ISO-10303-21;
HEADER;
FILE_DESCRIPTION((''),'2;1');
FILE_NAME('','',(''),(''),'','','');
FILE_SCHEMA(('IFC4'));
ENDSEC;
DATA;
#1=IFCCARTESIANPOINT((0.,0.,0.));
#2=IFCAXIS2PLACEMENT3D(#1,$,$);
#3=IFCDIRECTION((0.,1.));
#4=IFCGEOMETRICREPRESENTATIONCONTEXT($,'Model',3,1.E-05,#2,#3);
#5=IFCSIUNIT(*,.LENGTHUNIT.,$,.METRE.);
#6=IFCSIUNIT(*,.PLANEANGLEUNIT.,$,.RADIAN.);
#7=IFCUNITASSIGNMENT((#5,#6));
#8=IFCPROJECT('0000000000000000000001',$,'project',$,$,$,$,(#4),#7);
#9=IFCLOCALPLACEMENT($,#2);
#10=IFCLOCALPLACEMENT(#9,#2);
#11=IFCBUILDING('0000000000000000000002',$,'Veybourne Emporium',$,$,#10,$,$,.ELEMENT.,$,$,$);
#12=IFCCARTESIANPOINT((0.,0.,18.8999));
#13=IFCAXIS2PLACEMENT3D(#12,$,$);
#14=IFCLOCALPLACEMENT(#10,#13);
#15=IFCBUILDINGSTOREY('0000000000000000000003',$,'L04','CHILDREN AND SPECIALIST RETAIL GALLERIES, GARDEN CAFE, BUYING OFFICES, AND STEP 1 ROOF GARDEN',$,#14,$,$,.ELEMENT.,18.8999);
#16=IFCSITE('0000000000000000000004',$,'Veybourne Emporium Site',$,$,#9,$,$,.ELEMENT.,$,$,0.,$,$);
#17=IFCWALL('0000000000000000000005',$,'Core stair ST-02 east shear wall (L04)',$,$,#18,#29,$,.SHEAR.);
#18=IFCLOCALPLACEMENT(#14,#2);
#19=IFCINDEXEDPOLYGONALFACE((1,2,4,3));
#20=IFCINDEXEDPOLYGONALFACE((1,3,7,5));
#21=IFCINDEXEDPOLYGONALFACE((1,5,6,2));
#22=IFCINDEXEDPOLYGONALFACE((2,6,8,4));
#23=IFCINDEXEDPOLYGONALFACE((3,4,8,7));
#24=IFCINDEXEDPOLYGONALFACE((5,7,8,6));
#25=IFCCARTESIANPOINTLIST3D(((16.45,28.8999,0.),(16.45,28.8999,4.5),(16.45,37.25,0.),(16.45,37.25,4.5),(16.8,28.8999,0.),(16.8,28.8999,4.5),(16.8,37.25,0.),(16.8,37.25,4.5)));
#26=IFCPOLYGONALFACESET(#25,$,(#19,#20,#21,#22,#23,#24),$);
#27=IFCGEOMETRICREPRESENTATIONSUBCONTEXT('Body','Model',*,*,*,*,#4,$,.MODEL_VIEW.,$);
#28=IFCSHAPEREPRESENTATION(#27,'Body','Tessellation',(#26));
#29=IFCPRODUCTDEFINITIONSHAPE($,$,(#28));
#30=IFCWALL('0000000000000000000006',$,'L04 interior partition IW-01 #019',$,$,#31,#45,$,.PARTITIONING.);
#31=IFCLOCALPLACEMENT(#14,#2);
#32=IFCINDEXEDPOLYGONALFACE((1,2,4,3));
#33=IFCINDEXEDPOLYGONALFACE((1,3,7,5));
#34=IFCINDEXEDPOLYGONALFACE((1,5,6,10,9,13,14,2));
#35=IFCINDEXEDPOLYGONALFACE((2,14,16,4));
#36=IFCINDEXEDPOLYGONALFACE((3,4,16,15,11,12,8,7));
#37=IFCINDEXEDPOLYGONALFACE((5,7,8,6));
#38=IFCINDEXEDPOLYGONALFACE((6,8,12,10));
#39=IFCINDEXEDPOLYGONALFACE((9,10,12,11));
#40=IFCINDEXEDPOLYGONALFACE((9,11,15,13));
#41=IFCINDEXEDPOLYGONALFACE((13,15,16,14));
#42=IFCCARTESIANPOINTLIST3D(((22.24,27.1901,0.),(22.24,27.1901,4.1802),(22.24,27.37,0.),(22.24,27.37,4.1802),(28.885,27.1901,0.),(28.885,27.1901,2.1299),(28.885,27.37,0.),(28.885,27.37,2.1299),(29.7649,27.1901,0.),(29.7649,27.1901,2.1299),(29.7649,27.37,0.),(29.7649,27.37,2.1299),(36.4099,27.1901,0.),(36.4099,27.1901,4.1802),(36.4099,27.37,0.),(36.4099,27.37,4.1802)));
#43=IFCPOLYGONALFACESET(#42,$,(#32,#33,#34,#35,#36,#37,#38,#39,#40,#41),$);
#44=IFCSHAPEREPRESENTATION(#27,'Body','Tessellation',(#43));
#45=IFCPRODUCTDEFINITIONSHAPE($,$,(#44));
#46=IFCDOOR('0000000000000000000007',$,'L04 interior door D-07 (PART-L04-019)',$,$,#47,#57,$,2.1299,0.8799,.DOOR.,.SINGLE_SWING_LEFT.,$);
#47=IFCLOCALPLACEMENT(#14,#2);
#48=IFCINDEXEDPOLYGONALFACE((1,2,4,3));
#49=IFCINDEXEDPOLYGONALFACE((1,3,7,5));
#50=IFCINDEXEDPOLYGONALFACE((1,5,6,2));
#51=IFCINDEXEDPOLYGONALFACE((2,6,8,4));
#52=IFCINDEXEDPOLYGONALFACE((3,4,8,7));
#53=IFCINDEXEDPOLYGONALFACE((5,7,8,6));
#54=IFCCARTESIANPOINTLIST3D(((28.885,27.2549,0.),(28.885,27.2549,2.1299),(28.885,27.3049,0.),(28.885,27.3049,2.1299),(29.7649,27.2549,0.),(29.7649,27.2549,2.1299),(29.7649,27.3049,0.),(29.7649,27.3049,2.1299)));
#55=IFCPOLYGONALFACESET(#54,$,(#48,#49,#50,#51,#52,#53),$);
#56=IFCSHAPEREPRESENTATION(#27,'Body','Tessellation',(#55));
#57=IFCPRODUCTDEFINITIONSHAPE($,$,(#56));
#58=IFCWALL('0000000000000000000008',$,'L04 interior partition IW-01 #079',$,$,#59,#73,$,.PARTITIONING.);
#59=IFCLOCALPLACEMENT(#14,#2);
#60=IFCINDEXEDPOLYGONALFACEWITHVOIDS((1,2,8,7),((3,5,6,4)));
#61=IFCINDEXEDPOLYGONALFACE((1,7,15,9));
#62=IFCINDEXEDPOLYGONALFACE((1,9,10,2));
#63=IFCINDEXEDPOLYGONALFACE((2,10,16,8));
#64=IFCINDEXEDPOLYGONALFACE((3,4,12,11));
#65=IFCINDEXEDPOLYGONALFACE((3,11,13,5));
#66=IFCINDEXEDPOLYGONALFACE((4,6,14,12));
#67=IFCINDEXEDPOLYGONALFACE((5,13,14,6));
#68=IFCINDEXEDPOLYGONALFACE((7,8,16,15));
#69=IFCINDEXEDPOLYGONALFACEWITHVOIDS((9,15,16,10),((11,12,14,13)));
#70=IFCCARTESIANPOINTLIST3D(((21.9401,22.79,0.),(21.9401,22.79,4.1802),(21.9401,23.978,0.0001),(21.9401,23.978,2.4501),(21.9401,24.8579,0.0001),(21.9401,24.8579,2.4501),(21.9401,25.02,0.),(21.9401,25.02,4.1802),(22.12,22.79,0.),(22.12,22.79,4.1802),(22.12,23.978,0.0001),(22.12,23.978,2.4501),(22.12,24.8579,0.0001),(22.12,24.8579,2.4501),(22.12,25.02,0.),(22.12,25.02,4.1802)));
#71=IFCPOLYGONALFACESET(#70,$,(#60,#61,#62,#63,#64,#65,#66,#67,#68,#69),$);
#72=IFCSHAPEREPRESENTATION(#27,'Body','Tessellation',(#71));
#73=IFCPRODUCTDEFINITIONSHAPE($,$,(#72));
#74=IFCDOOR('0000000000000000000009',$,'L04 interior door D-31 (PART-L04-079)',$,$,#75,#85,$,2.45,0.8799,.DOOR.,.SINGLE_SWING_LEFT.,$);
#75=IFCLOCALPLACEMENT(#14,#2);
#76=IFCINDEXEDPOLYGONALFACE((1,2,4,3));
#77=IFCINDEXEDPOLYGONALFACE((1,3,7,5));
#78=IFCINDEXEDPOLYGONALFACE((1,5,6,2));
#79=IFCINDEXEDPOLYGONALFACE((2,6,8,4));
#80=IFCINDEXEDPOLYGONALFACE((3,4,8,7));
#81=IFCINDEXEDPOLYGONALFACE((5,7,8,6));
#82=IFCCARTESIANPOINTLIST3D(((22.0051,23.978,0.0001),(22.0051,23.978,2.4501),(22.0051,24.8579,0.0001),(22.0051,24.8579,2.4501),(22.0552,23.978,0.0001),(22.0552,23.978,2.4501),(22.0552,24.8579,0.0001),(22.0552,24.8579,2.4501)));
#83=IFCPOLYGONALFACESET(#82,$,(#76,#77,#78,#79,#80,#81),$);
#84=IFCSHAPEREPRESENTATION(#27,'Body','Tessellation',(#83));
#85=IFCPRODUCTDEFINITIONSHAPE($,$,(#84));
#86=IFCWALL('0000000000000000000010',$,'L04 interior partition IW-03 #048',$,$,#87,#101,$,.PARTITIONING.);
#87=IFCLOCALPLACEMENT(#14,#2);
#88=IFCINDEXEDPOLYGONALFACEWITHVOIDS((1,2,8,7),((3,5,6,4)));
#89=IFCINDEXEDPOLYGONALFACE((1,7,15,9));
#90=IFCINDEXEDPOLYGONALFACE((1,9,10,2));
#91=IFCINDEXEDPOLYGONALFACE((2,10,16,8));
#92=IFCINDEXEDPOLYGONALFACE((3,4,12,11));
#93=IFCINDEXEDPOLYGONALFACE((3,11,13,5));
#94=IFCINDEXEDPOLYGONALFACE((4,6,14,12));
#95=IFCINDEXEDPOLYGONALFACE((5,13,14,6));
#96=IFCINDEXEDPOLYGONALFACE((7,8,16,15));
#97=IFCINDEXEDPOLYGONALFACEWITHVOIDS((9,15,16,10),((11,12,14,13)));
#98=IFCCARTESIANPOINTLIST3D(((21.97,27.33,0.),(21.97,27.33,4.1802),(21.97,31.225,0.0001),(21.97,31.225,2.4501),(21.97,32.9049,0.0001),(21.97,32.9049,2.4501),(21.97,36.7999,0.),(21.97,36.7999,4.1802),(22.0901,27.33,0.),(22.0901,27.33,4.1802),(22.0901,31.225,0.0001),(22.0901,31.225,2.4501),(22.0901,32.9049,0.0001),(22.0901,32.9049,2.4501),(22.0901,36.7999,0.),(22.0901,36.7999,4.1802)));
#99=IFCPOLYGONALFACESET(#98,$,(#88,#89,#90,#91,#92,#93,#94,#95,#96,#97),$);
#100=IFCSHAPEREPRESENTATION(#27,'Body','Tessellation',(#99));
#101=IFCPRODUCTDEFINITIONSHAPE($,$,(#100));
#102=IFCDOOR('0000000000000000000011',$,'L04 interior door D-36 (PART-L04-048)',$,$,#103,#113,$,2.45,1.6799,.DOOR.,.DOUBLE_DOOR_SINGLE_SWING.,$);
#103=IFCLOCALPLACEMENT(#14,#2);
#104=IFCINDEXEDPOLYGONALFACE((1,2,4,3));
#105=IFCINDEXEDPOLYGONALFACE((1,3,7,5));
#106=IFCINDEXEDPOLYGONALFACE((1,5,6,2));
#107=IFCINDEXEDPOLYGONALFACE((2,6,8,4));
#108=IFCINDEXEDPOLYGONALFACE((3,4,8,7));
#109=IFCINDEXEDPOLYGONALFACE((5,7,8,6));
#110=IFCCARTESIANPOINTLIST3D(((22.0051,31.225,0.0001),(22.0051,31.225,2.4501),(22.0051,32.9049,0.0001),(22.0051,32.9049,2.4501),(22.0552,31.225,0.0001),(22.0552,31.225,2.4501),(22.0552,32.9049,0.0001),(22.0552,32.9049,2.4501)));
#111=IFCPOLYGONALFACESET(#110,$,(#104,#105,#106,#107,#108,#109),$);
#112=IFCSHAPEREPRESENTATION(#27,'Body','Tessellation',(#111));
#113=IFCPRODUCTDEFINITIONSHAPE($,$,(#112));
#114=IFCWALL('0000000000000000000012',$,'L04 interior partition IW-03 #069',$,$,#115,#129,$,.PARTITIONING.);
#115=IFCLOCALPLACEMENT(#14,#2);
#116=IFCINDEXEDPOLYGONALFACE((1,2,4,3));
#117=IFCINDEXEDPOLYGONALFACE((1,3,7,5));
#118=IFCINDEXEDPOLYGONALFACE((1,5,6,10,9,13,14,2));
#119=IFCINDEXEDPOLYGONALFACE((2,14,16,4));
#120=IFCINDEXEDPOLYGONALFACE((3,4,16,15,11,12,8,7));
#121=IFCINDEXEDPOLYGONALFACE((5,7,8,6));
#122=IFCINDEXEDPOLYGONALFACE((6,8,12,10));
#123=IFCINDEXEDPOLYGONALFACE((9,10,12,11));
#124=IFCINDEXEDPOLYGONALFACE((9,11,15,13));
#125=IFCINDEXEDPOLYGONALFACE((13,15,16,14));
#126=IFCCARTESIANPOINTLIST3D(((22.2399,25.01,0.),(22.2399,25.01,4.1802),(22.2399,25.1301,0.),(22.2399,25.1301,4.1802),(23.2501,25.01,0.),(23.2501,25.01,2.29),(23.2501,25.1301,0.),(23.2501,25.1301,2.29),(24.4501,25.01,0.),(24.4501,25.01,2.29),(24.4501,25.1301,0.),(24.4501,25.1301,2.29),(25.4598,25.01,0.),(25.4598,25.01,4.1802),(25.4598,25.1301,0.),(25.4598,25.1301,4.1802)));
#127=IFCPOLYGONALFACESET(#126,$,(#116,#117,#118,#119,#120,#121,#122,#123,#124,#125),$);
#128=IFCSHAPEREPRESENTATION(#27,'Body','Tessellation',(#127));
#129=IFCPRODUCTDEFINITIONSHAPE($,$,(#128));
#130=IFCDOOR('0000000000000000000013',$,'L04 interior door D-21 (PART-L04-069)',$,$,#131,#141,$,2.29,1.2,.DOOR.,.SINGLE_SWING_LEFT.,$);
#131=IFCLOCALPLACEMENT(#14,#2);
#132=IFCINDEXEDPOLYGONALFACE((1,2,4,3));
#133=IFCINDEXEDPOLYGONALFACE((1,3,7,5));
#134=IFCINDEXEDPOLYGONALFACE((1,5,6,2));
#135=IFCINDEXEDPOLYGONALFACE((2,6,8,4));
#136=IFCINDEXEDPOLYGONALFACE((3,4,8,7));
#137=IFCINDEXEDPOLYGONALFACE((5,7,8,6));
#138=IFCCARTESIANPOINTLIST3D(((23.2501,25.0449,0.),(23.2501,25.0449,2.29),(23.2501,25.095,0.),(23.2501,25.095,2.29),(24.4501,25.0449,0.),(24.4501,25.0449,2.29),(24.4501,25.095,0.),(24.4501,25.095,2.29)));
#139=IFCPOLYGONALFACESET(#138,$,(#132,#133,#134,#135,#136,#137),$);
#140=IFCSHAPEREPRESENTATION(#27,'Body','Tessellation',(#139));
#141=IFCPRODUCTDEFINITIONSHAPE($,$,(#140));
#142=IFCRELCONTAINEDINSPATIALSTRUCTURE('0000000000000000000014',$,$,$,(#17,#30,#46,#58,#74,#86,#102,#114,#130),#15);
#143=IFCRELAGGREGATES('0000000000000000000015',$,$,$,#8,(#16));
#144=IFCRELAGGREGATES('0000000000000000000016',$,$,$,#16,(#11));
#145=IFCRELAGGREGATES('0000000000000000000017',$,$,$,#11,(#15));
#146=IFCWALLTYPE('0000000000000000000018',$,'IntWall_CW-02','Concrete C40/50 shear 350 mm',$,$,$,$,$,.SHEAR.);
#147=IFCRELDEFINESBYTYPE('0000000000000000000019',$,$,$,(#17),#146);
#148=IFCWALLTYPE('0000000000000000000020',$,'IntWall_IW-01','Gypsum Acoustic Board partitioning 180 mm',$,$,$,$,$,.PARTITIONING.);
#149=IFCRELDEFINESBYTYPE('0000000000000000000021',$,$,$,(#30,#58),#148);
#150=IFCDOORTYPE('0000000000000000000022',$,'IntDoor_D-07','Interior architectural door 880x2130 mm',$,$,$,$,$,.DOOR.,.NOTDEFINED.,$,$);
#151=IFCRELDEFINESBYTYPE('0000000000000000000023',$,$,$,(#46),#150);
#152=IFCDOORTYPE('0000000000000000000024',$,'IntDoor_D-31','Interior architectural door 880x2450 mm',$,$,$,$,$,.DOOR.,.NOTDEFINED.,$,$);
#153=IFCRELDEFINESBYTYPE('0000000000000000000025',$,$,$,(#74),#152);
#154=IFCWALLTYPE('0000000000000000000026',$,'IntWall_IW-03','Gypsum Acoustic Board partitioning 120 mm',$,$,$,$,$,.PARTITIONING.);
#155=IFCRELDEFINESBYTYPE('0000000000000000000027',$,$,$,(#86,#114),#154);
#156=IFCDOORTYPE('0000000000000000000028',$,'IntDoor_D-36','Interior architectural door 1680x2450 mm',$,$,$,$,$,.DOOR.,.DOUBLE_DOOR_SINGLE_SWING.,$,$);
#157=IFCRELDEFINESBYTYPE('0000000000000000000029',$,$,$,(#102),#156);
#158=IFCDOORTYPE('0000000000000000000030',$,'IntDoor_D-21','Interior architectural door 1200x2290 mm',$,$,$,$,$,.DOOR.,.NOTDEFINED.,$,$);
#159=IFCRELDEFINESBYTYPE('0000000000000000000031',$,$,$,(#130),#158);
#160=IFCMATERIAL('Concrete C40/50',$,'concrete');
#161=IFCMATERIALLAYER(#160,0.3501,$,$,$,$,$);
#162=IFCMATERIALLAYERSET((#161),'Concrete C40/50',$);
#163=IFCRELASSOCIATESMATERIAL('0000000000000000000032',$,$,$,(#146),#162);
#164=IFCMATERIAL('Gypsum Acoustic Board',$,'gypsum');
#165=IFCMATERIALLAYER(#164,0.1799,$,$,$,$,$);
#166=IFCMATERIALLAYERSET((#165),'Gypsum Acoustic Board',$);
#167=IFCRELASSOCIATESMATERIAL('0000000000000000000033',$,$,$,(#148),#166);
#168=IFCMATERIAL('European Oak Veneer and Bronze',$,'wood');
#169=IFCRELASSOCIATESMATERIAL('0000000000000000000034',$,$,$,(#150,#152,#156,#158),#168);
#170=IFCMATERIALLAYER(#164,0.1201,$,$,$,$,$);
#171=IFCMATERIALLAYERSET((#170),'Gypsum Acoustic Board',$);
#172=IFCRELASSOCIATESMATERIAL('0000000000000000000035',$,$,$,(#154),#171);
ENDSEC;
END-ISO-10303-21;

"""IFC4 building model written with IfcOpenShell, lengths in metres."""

from ifc_helpers import new_model, si_unit, direction, frame, frame_2d, origin, place, context, subcontext, project, spatial, rectangle, extrude, material, layer, layer_set, type_object, element, fill, save


model = new_model("IFC4")

# Units and contexts
model_context = context("Model", 3, precision=1e-05, world=origin(), true_north=direction((0.0, 1.0)))
body_context = subcontext(model_context, "Body", "Model", "MODEL_VIEW")
ifc_project = project(units=[si_unit("LENGTHUNIT", "METRE"), si_unit("PLANEANGLEUNIT", "RADIAN")], contexts=[model_context])

# Site, building, storey
site_placement = place(None, origin())
site = spatial("IfcSite", under=ifc_project, at=site_placement, Name="Veybourne Emporium Site", CompositionType="ELEMENT", RefElevation=0.0)
building_placement = place(site_placement, origin())
building = spatial("IfcBuilding", under=site, at=building_placement, Name="Veybourne Emporium", CompositionType="ELEMENT")
storey_placement = place(building_placement, frame((0.0, 0.0, 18.8999)))
storey = spatial("IfcBuildingStorey", under=building, at=storey_placement, Name="L04", Description="CHILDREN AND SPECIALIST RETAIL GALLERIES, GARDEN CAFE, BUYING OFFICES, AND STEP 1 ROOF GARDEN", CompositionType="ELEMENT", Elevation=18.8999)

# Shared definitions
ifc_material_1 = material(Name="Concrete C40/50", Category="concrete")

# Shared definitions
ifc_layer_1 = layer(ifc_material_1, 0.3501)
ifc_layer_set_1 = layer_set([ifc_layer_1], Name="Concrete C40/50")
wall_type_1 = type_object("IfcWallType", Name="IntWall_CW-02", Description="Concrete C40/50 shear 350 mm", PredefinedType="SHEAR", material=ifc_layer_set_1)

# Wall
wall_1_placement = place(storey_placement, frame((16.625, 28.8999, 0.0), z_axis=(0.0, 0.0, 1.0), x_axis=(0.0, 1.0, 0.0)))
element("IfcWall", 1, at=wall_1_placement, inside=storey, type_object=wall_type_1, Name="Core stair ST-02 east shear wall (L04)", PredefinedType="SHEAR", context=body_context, shape_type="SweptSolid", body=[
    extrude(rectangle(XDim=8.3501, YDim=0.3501, at=frame_2d((4.175, 0.0))), origin(), (0.0, 0.0, 1.0), 4.5),
])

# Walls, openings, doors
ifc_material_2 = material(Name="Gypsum Acoustic Board", Category="gypsum")
ifc_layer_2 = layer(ifc_material_2, 0.1799)
ifc_layer_set_2 = layer_set([ifc_layer_2], Name="Gypsum Acoustic Board")
wall_type_2 = type_object("IfcWallType", Name="IntWall_IW-01", Description="Gypsum Acoustic Board partitioning 180 mm", PredefinedType="PARTITIONING", material=ifc_layer_set_2)
wall_2_placement = place(storey_placement, frame((22.24, 27.28, 0.0), z_axis=(0.0, 0.0, 1.0), x_axis=(1.0, 0.0, 0.0)))
wall_2 = element("IfcWall", 2, at=wall_2_placement, inside=storey, type_object=wall_type_2, Name="L04 interior partition IW-01 #019", PredefinedType="PARTITIONING", context=body_context, shape_type="SweptSolid", body=[
    extrude(rectangle(XDim=14.1699, YDim=0.1799, at=frame_2d((7.085, 0.0))), origin(), (0.0, 0.0, 1.0), 4.1802),
])
opening_1_placement = place(wall_2_placement, frame((6.645, 0.0, 0.0)))
opening_1 = element("IfcOpeningElement", 3, at=opening_1_placement, cuts=wall_2, PredefinedType="OPENING", context=body_context, shape_type="SweptSolid", body=[
    extrude(rectangle(XDim=0.8799, YDim=2.1299, at=frame_2d((0.4399, 1.0649))), frame((0.0, 0.1099, 0.0), z_axis=(0.0, -1.0, 0.0), x_axis=(1.0, 0.0, 0.0)), (0.0, 0.0, 1.0), 0.22),
])
ifc_material_3 = material(Name="European Oak Veneer and Bronze", Category="wood")
door_type_1 = type_object("IfcDoorType", Name="IntDoor_D-07", Description="Interior architectural door 880x2130 mm", OperationType="NOTDEFINED", PredefinedType="DOOR", material=ifc_material_3)
door_1_placement = place(opening_1_placement, origin())
door_1 = element("IfcDoor", 4, at=door_1_placement, inside=storey, type_object=door_type_1, Name="L04 interior door D-07 (PART-L04-019)", OperationType="SINGLE_SWING_LEFT", OverallHeight=2.1299, OverallWidth=0.8799, PredefinedType="DOOR", context=body_context, shape_type="SweptSolid", body=[
    extrude(rectangle(XDim=0.8799, YDim=2.1299, at=frame_2d((0.4399, 1.0649))), frame((0.0, 0.0249, 0.0), z_axis=(0.0, -1.0, 0.0), x_axis=(1.0, 0.0, 0.0)), (0.0, 0.0, 1.0), 0.05),
])
fill(opening_1, door_1)
wall_3_placement = place(storey_placement, frame((22.03, 22.79, 0.0), z_axis=(0.0, 0.0, 1.0), x_axis=(0.0, 1.0, 0.0)))
wall_3 = element("IfcWall", 5, at=wall_3_placement, inside=storey, type_object=wall_type_2, Name="L04 interior partition IW-01 #079", PredefinedType="PARTITIONING", context=body_context, shape_type="SweptSolid", body=[
    extrude(rectangle(XDim=2.23, YDim=0.1799, at=frame_2d((1.115, 0.0))), origin(), (0.0, 0.0, 1.0), 4.1802),
])
opening_2_placement = place(wall_3_placement, frame((1.188, 0.0, 0.0)))
opening_2 = element("IfcOpeningElement", 6, at=opening_2_placement, cuts=wall_3, PredefinedType="OPENING", context=body_context, shape_type="SweptSolid", body=[
    extrude(rectangle(XDim=0.8799, YDim=2.45, at=frame_2d((0.4399, 1.2251))), frame((0.0, 0.1099, 0.0), z_axis=(0.0, -1.0, 0.0), x_axis=(1.0, 0.0, 0.0)), (0.0, 0.0, 1.0), 0.22),
])
door_type_2 = type_object("IfcDoorType", Name="IntDoor_D-31", Description="Interior architectural door 880x2450 mm", OperationType="NOTDEFINED", PredefinedType="DOOR", material=ifc_material_3)
door_2_placement = place(opening_2_placement, origin())
door_2 = element("IfcDoor", 7, at=door_2_placement, inside=storey, type_object=door_type_2, Name="L04 interior door D-31 (PART-L04-079)", OperationType="SINGLE_SWING_LEFT", OverallHeight=2.45, OverallWidth=0.8799, PredefinedType="DOOR", context=body_context, shape_type="SweptSolid", body=[
    extrude(rectangle(XDim=0.8799, YDim=2.45, at=frame_2d((0.4399, 1.2251))), frame((0.0, 0.0249, 0.0), z_axis=(0.0, -1.0, 0.0), x_axis=(1.0, 0.0, 0.0)), (0.0, 0.0, 1.0), 0.05),
])
fill(opening_2, door_2)
ifc_layer_3 = layer(ifc_material_2, 0.1201)
ifc_layer_set_3 = layer_set([ifc_layer_3], Name="Gypsum Acoustic Board")
wall_type_3 = type_object("IfcWallType", Name="IntWall_IW-03", Description="Gypsum Acoustic Board partitioning 120 mm", PredefinedType="PARTITIONING", material=ifc_layer_set_3)
wall_4_placement = place(storey_placement, frame((22.03, 27.3301, 0.0), z_axis=(0.0, 0.0, 1.0), x_axis=(0.0, 1.0, 0.0)))
wall_4 = element("IfcWall", 8, at=wall_4_placement, inside=storey, type_object=wall_type_3, Name="L04 interior partition IW-03 #048", PredefinedType="PARTITIONING", context=body_context, shape_type="SweptSolid", body=[
    extrude(rectangle(XDim=9.47, YDim=0.1201, at=frame_2d((4.7349, 0.0))), origin(), (0.0, 0.0, 1.0), 4.1802),
])
opening_3_placement = place(wall_4_placement, frame((3.895, 0.0, 0.0)))
opening_3 = element("IfcOpeningElement", 9, at=opening_3_placement, cuts=wall_4, PredefinedType="OPENING", context=body_context, shape_type="SweptSolid", body=[
    extrude(rectangle(XDim=1.6799, YDim=2.45, at=frame_2d((0.8398, 1.2251))), frame((0.0, 0.0801, 0.0), z_axis=(0.0, -1.0, 0.0), x_axis=(1.0, 0.0, 0.0)), (0.0, 0.0, 1.0), 0.1602),
])
door_type_3 = type_object("IfcDoorType", Name="IntDoor_D-36", Description="Interior architectural door 1680x2450 mm", OperationType="DOUBLE_DOOR_SINGLE_SWING", PredefinedType="DOOR", material=ifc_material_3)
door_3_placement = place(opening_3_placement, origin())
door_3 = element("IfcDoor", 10, at=door_3_placement, inside=storey, type_object=door_type_3, Name="L04 interior door D-36 (PART-L04-048)", OperationType="DOUBLE_DOOR_SINGLE_SWING", OverallHeight=2.45, OverallWidth=1.6799, PredefinedType="DOOR", context=body_context, shape_type="SweptSolid", body=[
    extrude(rectangle(XDim=1.6799, YDim=2.45, at=frame_2d((0.8398, 1.2251))), frame((0.0, 0.0249, 0.0), z_axis=(0.0, -1.0, 0.0), x_axis=(1.0, 0.0, 0.0)), (0.0, 0.0, 1.0), 0.05),
])
fill(opening_3, door_3)
wall_5_placement = place(storey_placement, frame((22.24, 25.0701, 0.0), z_axis=(0.0, 0.0, 1.0), x_axis=(1.0, 0.0, 0.0)))
wall_5 = element("IfcWall", 11, at=wall_5_placement, inside=storey, type_object=wall_type_3, Name="L04 interior partition IW-03 #069", PredefinedType="PARTITIONING", context=body_context, shape_type="SweptSolid", body=[
    extrude(rectangle(XDim=3.22, YDim=0.1201, at=frame_2d((1.6099, 0.0))), origin(), (0.0, 0.0, 1.0), 4.1802),
])
opening_4_placement = place(wall_5_placement, frame((1.01, 0.0, 0.0)))
opening_4 = element("IfcOpeningElement", 12, at=opening_4_placement, cuts=wall_5, PredefinedType="OPENING", context=body_context, shape_type="SweptSolid", body=[
    extrude(rectangle(XDim=1.2, YDim=2.29, at=frame_2d((0.6001, 1.145))), frame((0.0, 0.0801, 0.0), z_axis=(0.0, -1.0, 0.0), x_axis=(1.0, 0.0, 0.0)), (0.0, 0.0, 1.0), 0.1602),
])
door_type_4 = type_object("IfcDoorType", Name="IntDoor_D-21", Description="Interior architectural door 1200x2290 mm", OperationType="NOTDEFINED", PredefinedType="DOOR", material=ifc_material_3)
door_4_placement = place(opening_4_placement, origin())
door_4 = element("IfcDoor", 13, at=door_4_placement, inside=storey, type_object=door_type_4, Name="L04 interior door D-21 (PART-L04-069)", OperationType="SINGLE_SWING_LEFT", OverallHeight=2.29, OverallWidth=1.2, PredefinedType="DOOR", context=body_context, shape_type="SweptSolid", body=[
    extrude(rectangle(XDim=1.2, YDim=2.29, at=frame_2d((0.6001, 1.145))), frame((0.0, 0.0249, 0.0), z_axis=(0.0, -1.0, 0.0), x_axis=(1.0, 0.0, 0.0)), (0.0, 0.0, 1.0), 0.05),
])
fill(opening_4, door_4)

save(model, "model.ifc")
